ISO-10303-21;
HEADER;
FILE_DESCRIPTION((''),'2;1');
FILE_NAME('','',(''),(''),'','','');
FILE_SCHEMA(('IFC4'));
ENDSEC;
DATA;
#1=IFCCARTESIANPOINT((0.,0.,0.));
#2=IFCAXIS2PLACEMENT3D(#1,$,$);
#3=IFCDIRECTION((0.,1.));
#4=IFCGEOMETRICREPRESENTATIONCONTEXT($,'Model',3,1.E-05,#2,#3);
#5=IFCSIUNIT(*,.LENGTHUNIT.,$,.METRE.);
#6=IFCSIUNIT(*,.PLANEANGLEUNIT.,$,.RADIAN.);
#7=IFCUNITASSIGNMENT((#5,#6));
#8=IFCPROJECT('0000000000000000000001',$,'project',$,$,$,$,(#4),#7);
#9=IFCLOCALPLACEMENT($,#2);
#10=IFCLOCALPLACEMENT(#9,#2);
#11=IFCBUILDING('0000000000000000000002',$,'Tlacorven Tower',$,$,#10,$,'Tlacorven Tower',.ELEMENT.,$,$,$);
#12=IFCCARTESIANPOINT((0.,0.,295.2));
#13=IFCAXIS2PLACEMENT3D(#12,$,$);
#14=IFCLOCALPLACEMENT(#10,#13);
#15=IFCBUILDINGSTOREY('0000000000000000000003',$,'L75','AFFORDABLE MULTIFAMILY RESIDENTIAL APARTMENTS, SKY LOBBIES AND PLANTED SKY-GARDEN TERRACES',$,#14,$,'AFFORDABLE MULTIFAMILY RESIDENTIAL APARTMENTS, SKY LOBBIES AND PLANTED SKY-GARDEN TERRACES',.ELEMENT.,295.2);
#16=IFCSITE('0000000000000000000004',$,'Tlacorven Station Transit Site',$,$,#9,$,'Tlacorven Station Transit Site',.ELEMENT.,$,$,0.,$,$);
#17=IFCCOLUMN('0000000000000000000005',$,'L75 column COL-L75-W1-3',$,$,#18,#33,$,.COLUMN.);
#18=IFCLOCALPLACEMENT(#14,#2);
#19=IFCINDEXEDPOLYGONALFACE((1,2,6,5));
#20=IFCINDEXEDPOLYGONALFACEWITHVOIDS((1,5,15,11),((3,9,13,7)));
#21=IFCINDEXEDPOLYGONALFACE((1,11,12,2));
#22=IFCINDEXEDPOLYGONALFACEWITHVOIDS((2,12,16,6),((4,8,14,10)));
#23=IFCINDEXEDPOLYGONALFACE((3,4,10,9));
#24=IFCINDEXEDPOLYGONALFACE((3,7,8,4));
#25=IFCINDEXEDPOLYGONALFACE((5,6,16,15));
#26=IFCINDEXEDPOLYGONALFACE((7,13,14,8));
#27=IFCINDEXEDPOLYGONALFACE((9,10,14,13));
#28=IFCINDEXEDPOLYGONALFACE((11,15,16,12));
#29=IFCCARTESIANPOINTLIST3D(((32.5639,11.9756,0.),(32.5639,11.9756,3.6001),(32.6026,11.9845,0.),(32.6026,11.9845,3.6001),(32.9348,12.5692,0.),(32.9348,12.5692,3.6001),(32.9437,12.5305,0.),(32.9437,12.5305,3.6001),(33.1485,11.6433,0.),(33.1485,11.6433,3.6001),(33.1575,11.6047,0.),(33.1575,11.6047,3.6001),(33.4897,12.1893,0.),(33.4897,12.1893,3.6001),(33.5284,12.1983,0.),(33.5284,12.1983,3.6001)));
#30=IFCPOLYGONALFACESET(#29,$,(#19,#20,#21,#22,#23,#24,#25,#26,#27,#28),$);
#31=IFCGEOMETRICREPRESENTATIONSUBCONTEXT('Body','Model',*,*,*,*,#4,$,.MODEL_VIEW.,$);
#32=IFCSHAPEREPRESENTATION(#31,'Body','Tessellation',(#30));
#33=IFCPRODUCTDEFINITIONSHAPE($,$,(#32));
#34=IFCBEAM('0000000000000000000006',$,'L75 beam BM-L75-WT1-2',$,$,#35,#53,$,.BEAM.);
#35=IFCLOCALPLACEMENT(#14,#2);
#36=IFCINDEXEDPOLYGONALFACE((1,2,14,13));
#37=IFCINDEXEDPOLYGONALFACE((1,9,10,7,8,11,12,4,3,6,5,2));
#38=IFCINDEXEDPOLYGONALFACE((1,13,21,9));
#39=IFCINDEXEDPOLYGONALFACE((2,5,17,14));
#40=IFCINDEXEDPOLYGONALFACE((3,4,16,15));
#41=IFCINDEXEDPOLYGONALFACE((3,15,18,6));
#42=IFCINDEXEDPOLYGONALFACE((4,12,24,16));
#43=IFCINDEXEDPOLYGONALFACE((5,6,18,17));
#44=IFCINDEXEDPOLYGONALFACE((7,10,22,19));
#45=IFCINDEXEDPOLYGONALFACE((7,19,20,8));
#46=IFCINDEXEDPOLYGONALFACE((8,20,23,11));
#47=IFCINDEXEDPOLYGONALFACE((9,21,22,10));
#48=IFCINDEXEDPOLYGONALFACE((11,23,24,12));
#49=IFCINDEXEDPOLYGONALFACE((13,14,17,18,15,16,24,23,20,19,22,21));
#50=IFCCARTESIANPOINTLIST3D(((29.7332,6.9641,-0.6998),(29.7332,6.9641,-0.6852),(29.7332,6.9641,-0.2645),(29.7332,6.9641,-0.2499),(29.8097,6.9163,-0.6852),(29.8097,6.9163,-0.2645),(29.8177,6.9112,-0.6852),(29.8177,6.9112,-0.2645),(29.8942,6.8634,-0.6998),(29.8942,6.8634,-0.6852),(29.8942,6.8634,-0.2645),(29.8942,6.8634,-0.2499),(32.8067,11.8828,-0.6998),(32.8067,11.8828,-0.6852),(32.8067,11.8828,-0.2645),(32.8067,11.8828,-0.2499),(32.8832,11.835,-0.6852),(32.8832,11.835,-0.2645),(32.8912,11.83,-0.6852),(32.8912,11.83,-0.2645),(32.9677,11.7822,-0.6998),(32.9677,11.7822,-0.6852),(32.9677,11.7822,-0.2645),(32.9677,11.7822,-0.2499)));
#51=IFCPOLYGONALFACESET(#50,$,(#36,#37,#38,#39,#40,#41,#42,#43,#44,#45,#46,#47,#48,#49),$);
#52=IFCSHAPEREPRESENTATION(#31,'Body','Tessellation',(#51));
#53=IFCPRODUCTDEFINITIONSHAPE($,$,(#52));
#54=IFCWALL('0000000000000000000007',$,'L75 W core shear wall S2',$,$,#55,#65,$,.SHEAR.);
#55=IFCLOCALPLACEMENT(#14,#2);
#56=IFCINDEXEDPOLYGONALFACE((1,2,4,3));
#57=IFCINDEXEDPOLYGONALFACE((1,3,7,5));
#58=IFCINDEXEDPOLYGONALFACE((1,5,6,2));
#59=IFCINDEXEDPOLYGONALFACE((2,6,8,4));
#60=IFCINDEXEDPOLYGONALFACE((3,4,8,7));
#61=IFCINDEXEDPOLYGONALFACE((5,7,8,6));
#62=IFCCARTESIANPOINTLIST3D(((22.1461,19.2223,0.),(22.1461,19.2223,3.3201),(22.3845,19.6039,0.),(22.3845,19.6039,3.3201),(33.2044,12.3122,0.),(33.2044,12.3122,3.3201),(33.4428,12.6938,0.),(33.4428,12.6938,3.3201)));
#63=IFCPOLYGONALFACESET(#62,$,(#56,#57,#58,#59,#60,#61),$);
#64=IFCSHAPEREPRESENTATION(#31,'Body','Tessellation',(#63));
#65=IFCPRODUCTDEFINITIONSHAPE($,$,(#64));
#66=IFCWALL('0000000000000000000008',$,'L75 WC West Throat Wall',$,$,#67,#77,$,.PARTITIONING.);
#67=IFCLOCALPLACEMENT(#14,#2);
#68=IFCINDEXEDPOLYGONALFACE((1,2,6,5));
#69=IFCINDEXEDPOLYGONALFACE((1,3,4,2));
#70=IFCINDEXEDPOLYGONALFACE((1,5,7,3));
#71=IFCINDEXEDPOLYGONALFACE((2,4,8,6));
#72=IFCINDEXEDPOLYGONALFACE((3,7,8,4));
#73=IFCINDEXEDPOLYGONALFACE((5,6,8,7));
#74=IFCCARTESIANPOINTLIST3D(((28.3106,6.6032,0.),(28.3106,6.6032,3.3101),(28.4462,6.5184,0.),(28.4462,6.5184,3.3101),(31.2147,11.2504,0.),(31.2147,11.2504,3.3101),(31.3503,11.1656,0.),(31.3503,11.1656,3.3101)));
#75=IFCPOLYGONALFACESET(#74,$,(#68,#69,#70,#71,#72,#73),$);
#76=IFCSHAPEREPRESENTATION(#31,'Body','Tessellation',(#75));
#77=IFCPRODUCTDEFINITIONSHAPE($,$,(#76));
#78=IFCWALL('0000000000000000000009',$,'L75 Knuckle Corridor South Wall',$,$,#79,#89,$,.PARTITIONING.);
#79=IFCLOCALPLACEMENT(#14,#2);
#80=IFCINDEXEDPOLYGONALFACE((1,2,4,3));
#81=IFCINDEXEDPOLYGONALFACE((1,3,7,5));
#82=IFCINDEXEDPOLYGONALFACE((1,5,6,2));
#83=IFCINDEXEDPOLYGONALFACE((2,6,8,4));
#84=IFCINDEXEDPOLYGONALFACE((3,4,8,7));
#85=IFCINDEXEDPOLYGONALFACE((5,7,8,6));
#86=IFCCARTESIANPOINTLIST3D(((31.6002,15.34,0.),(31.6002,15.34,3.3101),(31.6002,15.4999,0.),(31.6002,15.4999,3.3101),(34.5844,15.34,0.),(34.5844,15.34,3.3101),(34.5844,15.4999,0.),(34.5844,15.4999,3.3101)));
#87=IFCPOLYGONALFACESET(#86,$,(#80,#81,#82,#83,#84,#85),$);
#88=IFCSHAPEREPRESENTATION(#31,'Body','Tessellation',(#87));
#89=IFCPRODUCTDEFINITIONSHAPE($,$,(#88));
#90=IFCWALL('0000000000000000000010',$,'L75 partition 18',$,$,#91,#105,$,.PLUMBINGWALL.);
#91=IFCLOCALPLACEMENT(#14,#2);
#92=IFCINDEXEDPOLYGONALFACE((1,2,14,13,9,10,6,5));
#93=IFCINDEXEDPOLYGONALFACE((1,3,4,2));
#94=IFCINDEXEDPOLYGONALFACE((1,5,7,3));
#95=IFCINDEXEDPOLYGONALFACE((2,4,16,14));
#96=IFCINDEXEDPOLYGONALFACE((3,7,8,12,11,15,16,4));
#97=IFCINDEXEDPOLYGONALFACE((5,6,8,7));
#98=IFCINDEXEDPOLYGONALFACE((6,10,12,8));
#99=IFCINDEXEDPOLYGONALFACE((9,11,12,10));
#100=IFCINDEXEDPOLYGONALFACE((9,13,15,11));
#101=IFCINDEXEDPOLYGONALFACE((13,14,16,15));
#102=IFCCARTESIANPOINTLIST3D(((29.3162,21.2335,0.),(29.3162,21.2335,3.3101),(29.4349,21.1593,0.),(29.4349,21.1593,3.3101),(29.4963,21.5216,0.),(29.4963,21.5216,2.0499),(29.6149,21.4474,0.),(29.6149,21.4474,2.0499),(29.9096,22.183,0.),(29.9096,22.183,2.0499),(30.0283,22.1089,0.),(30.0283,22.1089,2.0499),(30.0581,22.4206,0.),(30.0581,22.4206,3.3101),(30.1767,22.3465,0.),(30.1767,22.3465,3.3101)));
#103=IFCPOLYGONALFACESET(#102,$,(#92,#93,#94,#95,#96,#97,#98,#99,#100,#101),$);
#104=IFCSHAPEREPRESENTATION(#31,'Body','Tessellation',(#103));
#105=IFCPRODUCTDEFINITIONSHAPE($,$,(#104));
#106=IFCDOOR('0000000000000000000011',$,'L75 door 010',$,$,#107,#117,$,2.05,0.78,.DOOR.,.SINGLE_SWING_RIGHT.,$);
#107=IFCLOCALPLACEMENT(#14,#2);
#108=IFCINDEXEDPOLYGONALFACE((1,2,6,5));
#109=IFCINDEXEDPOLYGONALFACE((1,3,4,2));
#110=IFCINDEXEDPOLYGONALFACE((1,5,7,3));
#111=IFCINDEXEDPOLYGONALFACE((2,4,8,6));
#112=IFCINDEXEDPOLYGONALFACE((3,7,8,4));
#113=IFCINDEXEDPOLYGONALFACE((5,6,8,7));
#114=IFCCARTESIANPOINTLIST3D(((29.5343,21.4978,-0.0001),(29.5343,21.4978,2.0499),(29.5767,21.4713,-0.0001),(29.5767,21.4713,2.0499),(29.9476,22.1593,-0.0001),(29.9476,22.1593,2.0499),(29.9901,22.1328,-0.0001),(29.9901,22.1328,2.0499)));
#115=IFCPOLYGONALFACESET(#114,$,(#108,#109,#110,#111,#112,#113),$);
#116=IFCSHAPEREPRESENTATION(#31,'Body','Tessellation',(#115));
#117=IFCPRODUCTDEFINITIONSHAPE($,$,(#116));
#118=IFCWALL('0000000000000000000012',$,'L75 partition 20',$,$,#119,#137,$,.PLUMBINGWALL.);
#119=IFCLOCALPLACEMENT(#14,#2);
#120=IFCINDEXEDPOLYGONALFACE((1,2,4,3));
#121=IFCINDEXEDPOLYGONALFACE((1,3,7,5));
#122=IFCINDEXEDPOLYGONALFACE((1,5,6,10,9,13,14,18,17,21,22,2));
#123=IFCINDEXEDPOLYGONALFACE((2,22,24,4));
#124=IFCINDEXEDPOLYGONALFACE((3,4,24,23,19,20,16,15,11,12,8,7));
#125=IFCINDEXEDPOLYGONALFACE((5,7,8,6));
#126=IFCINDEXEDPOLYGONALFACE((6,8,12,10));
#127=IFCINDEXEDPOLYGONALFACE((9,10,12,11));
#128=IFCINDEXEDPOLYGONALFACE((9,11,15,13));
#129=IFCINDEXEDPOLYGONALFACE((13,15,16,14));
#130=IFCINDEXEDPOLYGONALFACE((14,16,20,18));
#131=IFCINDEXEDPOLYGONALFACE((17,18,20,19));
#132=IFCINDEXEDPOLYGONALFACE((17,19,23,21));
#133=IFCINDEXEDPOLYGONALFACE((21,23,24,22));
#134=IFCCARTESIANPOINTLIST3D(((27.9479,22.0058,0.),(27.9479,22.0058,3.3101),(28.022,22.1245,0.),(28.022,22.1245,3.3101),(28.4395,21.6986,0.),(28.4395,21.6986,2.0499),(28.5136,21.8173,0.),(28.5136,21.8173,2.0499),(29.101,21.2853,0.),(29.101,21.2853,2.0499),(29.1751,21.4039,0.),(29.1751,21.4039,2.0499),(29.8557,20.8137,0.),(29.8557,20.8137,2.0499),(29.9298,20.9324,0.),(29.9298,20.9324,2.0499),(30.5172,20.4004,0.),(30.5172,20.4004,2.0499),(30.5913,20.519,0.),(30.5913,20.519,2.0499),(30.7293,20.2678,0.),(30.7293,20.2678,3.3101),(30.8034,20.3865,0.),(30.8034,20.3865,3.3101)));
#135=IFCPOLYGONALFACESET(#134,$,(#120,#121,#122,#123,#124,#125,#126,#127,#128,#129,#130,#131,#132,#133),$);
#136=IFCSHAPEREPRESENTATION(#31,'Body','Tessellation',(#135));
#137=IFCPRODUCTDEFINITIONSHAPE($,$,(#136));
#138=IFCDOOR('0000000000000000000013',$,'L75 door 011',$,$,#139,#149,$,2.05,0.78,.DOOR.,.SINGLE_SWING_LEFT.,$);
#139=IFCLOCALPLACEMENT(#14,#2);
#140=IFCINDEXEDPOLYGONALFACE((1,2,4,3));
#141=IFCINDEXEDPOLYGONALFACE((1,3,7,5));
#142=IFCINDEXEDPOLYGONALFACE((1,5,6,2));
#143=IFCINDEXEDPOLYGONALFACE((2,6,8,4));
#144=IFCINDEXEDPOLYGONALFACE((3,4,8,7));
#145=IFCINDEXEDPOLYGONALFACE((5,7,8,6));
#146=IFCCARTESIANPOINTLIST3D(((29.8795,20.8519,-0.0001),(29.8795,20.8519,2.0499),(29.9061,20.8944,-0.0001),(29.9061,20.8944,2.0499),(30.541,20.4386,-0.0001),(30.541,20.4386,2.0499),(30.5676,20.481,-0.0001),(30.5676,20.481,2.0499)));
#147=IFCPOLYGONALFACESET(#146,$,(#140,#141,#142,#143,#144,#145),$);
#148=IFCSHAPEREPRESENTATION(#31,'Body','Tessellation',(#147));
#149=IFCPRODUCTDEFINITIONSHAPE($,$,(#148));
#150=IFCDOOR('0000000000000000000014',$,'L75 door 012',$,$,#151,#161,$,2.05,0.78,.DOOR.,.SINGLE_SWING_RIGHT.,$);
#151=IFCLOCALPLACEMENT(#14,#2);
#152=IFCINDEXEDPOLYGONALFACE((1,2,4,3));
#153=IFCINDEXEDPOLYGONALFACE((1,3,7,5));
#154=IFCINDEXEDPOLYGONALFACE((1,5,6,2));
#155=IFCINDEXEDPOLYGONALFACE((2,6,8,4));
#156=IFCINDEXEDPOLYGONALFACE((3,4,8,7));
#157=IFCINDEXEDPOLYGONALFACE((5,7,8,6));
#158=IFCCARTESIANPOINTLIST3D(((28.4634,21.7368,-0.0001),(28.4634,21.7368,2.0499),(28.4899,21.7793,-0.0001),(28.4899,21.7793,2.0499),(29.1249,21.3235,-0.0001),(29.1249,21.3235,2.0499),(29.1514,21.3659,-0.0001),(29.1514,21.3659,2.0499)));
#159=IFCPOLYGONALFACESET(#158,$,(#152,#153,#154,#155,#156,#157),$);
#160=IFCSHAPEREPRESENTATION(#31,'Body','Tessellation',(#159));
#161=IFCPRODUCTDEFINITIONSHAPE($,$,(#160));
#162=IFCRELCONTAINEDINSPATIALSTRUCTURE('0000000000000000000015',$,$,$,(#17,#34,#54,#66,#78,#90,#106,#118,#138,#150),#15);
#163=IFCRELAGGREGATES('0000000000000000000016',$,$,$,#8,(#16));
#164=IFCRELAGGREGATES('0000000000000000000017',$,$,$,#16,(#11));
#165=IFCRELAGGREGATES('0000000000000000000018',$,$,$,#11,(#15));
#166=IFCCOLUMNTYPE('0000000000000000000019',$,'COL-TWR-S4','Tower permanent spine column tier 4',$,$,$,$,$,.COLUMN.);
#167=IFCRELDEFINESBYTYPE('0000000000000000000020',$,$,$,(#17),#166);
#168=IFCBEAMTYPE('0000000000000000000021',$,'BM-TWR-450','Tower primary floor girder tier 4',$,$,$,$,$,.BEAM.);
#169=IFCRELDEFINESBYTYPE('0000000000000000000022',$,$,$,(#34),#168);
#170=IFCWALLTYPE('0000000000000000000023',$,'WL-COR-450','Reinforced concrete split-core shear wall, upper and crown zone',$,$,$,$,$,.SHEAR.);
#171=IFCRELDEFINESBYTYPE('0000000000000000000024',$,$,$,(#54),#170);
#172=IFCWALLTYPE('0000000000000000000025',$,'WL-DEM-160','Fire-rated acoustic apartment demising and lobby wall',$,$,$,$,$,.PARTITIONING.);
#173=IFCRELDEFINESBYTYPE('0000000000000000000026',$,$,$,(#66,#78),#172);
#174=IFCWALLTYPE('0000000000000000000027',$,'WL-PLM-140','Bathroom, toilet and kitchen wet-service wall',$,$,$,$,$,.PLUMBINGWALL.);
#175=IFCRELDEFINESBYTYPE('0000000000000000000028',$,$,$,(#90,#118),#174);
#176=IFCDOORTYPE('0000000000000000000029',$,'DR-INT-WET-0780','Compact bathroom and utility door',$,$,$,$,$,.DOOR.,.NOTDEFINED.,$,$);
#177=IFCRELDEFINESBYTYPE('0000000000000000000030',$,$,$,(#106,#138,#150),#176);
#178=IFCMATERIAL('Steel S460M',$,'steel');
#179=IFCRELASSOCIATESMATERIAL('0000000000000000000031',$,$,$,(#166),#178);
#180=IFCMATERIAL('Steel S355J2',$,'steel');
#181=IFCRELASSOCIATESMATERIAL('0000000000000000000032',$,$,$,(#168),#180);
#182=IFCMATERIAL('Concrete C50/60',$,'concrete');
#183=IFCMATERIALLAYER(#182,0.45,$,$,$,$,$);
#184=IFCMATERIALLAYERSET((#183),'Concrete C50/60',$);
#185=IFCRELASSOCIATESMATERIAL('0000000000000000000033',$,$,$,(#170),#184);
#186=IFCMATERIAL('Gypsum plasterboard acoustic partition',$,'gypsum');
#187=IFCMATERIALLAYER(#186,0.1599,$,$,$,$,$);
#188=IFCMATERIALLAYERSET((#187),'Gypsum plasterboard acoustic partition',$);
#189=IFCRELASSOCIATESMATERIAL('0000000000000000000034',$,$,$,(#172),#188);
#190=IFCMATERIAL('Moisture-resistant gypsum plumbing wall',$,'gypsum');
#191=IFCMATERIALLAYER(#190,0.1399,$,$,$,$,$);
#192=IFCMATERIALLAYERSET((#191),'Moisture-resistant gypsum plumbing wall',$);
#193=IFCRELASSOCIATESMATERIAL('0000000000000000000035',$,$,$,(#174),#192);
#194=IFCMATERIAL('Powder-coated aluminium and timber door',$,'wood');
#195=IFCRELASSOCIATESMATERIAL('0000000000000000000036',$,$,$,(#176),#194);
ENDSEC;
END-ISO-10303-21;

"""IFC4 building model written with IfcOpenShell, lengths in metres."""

from ifc_helpers import new_model, si_unit, direction, frame, frame_2d, origin, origin_2d, place, context, subcontext, project, spatial, rectangle, hollow_rectangle, i_section, extrude, source, transform, mapped, material, layer, layer_set, material_profile, profile_set, type_object, element, fill, save


model = new_model("IFC4")

# Units and contexts
model_context = context("Model", 3, precision=1e-05, world=origin(), true_north=direction((0.0, 1.0)))
body_context = subcontext(model_context, "Body", "Model", "MODEL_VIEW")
ifc_project = project(units=[si_unit("LENGTHUNIT", "METRE"), si_unit("PLANEANGLEUNIT", "RADIAN")], contexts=[model_context])

# Site, building, storey
site_placement = place(None, origin())
site = spatial("IfcSite", under=ifc_project, at=site_placement, Name="Tlacorven Station Transit Site", LongName="Tlacorven Station Transit Site", CompositionType="ELEMENT", RefElevation=0.0)
building_placement = place(site_placement, origin())
building = spatial("IfcBuilding", under=site, at=building_placement, Name="Tlacorven Tower", LongName="Tlacorven Tower", CompositionType="ELEMENT")
storey_placement = place(building_placement, frame((0.0, 0.0, 295.2)))
storey = spatial("IfcBuildingStorey", under=building, at=storey_placement, Name="L75", Description="AFFORDABLE MULTIFAMILY RESIDENTIAL APARTMENTS, SKY LOBBIES AND PLANTED SKY-GARDEN TERRACES", LongName="AFFORDABLE MULTIFAMILY RESIDENTIAL APARTMENTS, SKY LOBBIES AND PLANTED SKY-GARDEN TERRACES", CompositionType="ELEMENT", Elevation=295.2)

# Column
ifc_material_1 = material(Name="Steel S460M", Category="steel")
ifc_material_profile_1 = material_profile(ifc_material_1, hollow_rectangle(XDim=0.7, YDim=0.7, WallThickness=0.0281, at=origin_2d()), Name="BOX 700X700X28")
ifc_profile_set_1 = profile_set([ifc_material_profile_1], Name="Steel S460M")
column_type = type_object("IfcColumnType", Name="COL-TWR-S4", Description="Tower permanent spine column tier 4", PredefinedType="COLUMN", material=ifc_profile_set_1)
shared_shape_1 = source(origin(), body_context, "Body", "SweptSolid", [
    extrude(hollow_rectangle(XDim=0.7, YDim=0.7, WallThickness=0.0281, at=origin_2d()), origin(), (0.0, 0.0, 1.0), 3.6001),
])
column_placement = place(storey_placement, frame((33.0461, 12.0869, 0.0), z_axis=(0.0, 0.0, 1.0), x_axis=(-0.848048, 0.529919, 0.0)))
element("IfcColumn", 1, at=column_placement, inside=storey, type_object=column_type, Name="L75 column COL-L75-W1-3", PredefinedType="COLUMN", context=body_context, shape_type="MappedRepresentation", body=[
    mapped(shared_shape_1, transform((0.0, 0.0, 0.0), scale=1.0)),
])

# Beam
ifc_material_2 = material(Name="Steel S355J2", Category="steel")
ifc_material_profile_2 = material_profile(ifc_material_2, i_section(OverallWidth=0.1899, OverallDepth=0.45, WebThickness=0.0095, FlangeThickness=0.0146, at=origin_2d()), Name="IPE 450")
ifc_profile_set_2 = profile_set([ifc_material_profile_2], Name="Steel S355J2")
beam_type = type_object("IfcBeamType", Name="BM-TWR-450", Description="Tower primary floor girder tier 4", PredefinedType="BEAM", material=ifc_profile_set_2)
shared_shape_2 = source(origin(), body_context, "Body", "SweptSolid", [
    extrude(i_section(OverallWidth=0.1899, OverallDepth=0.45, WebThickness=0.0095, FlangeThickness=0.0146, at=origin_2d()), origin(), (0.0, 0.0, 1.0), 5.8),
])
beam_placement = place(storey_placement, frame((32.8872, 11.8325, -0.4749), z_axis=(-0.529912, -0.848053, 0.0), x_axis=(0.848053, -0.529912, 0.0)))
element("IfcBeam", 2, at=beam_placement, inside=storey, type_object=beam_type, Name="L75 beam BM-L75-WT1-2", PredefinedType="BEAM", context=body_context, shape_type="MappedRepresentation", body=[
    mapped(shared_shape_2, transform((0.0, 0.0, 0.0), scale=1.0)),
])

# Walls
ifc_material_3 = material(Name="Concrete C50/60", Category="concrete")
ifc_layer_1 = layer(ifc_material_3, 0.45)
ifc_layer_set_1 = layer_set([ifc_layer_1], Name="Concrete C50/60")
wall_type_1 = type_object("IfcWallType", Name="WL-COR-450", Description="Reinforced concrete split-core shear wall, upper and crown zone", PredefinedType="SHEAR", material=ifc_layer_set_1)
wall_1_placement = place(storey_placement, frame((33.3237, 12.5029, 0.0), z_axis=(0.0, 0.0, 1.0), x_axis=(-0.848044, 0.529927, 0.0)))
element("IfcWall", 3, at=wall_1_placement, inside=storey, type_object=wall_type_1, Name="L75 W core shear wall S2", PredefinedType="SHEAR", context=body_context, shape_type="SweptSolid", body=[
    extrude(rectangle(XDim=13.0398, YDim=0.45, at=frame_2d((6.52, 0.0))), origin(), (0.0, 0.0, 1.0), 3.3201),
])
ifc_material_4 = material(Name="Gypsum plasterboard acoustic partition", Category="gypsum")
ifc_layer_2 = layer(ifc_material_4, 0.1599)
ifc_layer_set_2 = layer_set([ifc_layer_2], Name="Gypsum plasterboard acoustic partition")
wall_type_2 = type_object("IfcWallType", Name="WL-DEM-160", Description="Fire-rated acoustic apartment demising and lobby wall", PredefinedType="PARTITIONING", material=ifc_layer_set_2)
wall_2_placement = place(storey_placement, frame((31.2825, 11.208, 0.0), z_axis=(0.0, 0.0, 1.0), x_axis=(-0.529939, -0.848036, 0.0)))
element("IfcWall", 4, at=wall_2_placement, inside=storey, type_object=wall_type_2, Name="L75 WC West Throat Wall", PredefinedType="PARTITIONING", context=body_context, shape_type="SweptSolid", body=[
    extrude(rectangle(XDim=5.48, YDim=0.1599, at=frame_2d((2.74, 0.0))), origin(), (0.0, 0.0, 1.0), 3.3101),
])
wall_3_placement = place(storey_placement, frame((31.6001, 15.4199, 0.0), z_axis=(0.0, 0.0, 1.0), x_axis=(1.0, 0.0, 0.0)))
element("IfcWall", 5, at=wall_3_placement, inside=storey, type_object=wall_type_2, Name="L75 Knuckle Corridor South Wall", PredefinedType="PARTITIONING", context=body_context, shape_type="SweptSolid", body=[
    extrude(rectangle(XDim=2.9841, YDim=0.1599, at=frame_2d((1.4922, 0.0))), origin(), (0.0, 0.0, 1.0), 3.3101),
])

# Wall, opening, door
ifc_material_5 = material(Name="Moisture-resistant gypsum plumbing wall", Category="gypsum")
ifc_layer_3 = layer(ifc_material_5, 0.1399)
ifc_layer_set_3 = layer_set([ifc_layer_3], Name="Moisture-resistant gypsum plumbing wall")
wall_type_3 = type_object("IfcWallType", Name="WL-PLM-140", Description="Bathroom, toilet and kitchen wet-service wall", PredefinedType="PLUMBINGWALL", material=ifc_layer_set_3)
wall_4_placement = place(storey_placement, frame((30.1174, 22.3835, 0.0), z_axis=(0.0, 0.0, 1.0), x_axis=(-0.529952, -0.848028, 0.0)))
wall_4 = element("IfcWall", 6, at=wall_4_placement, inside=storey, type_object=wall_type_3, Name="L75 partition 18", PredefinedType="PLUMBINGWALL", context=body_context, shape_type="SweptSolid", body=[
    extrude(rectangle(XDim=1.3999, YDim=0.1399, at=frame_2d((0.7, 0.0))), origin(), (0.0, 0.0, 1.0), 3.3101),
])
opening_1_placement = place(wall_4_placement, frame((0.28, 0.0, 0.0)))
opening_1 = element("IfcOpeningElement", 7, at=opening_1_placement, cuts=wall_4, PredefinedType="OPENING", context=body_context, shape_type="SweptSolid", body=[
    extrude(rectangle(XDim=0.78, YDim=2.05, at=frame_2d((0.3901, 1.0249))), frame((0.0, 0.0801, 0.0), z_axis=(0.0, -1.0, 0.0), x_axis=(1.0, 0.0, 0.0)), (0.0, 0.0, 1.0), 0.1599),
])
ifc_material_6 = material(Name="Powder-coated aluminium and timber door", Category="wood")
door_type_1 = type_object("IfcDoorType", Name="DR-INT-WET-0780", Description="Compact bathroom and utility door", OperationType="NOTDEFINED", PredefinedType="DOOR", material=ifc_material_6)
shared_shape_3 = source(origin(), body_context, "Body", "SweptSolid", [
    extrude(rectangle(XDim=0.78, YDim=2.05, at=frame_2d((0.3901, 1.0249))), frame((0.0, 0.0249, 0.0), z_axis=(0.0, -1.0, 0.0), x_axis=(1.0, 0.0, 0.0)), (0.0, 0.0, 1.0), 0.05),
])
door_1_placement = place(opening_1_placement, origin())
door_1 = element("IfcDoor", 8, at=door_1_placement, inside=storey, type_object=door_type_1, Name="L75 door 010", OperationType="SINGLE_SWING_RIGHT", OverallHeight=2.05, OverallWidth=0.78, PredefinedType="DOOR", context=body_context, shape_type="MappedRepresentation", body=[
    mapped(shared_shape_3, transform((0.0, 0.0, 0.0), scale=1.0)),
])
fill(opening_1, door_1)

# Wall, openings, doors
wall_5_placement = place(storey_placement, frame((30.7664, 20.3271, 0.0), z_axis=(0.0, 0.0, 1.0), x_axis=(-0.848053, 0.529912, 0.0)))
wall_5 = element("IfcWall", 9, at=wall_5_placement, inside=storey, type_object=wall_type_3, Name="L75 partition 20", PredefinedType="PLUMBINGWALL", context=body_context, shape_type="SweptSolid", body=[
    extrude(rectangle(XDim=3.2798, YDim=0.1399, at=frame_2d((1.6399, 0.0))), origin(), (0.0, 0.0, 1.0), 3.3101),
])
opening_2_placement = place(wall_5_placement, frame((0.25, 0.0, 0.0)))
opening_2 = element("IfcOpeningElement", 10, at=opening_2_placement, cuts=wall_5, PredefinedType="OPENING", context=body_context, shape_type="SweptSolid", body=[
    extrude(rectangle(XDim=0.78, YDim=2.05, at=frame_2d((0.3901, 1.0249))), frame((0.0, 0.0801, 0.0), z_axis=(0.0, -1.0, 0.0), x_axis=(1.0, 0.0, 0.0)), (0.0, 0.0, 1.0), 0.1599),
])
opening_3_placement = place(wall_5_placement, frame((1.9199, 0.0, 0.0)))
opening_3 = element("IfcOpeningElement", 11, at=opening_3_placement, cuts=wall_5, PredefinedType="OPENING", context=body_context, shape_type="SweptSolid", body=[
    extrude(rectangle(XDim=0.78, YDim=2.05, at=frame_2d((0.3901, 1.0249))), frame((0.0, 0.0801, 0.0), z_axis=(0.0, -1.0, 0.0), x_axis=(1.0, 0.0, 0.0)), (0.0, 0.0, 1.0), 0.1599),
])
door_2_placement = place(opening_2_placement, origin())
door_2 = element("IfcDoor", 12, at=door_2_placement, inside=storey, type_object=door_type_1, Name="L75 door 011", OperationType="SINGLE_SWING_LEFT", OverallHeight=2.05, OverallWidth=0.78, PredefinedType="DOOR", context=body_context, shape_type="MappedRepresentation", body=[
    mapped(shared_shape_3, transform((0.0, 0.0, 0.0), scale=1.0)),
])
fill(opening_2, door_2)
door_3_placement = place(opening_3_placement, origin())
door_3 = element("IfcDoor", 13, at=door_3_placement, inside=storey, type_object=door_type_1, Name="L75 door 012", OperationType="SINGLE_SWING_RIGHT", OverallHeight=2.05, OverallWidth=0.78, PredefinedType="DOOR", context=body_context, shape_type="MappedRepresentation", body=[
    mapped(shared_shape_3, transform((0.0, 0.0, 0.0), scale=1.0)),
])
fill(opening_3, door_3)

save(model, "model.ifc")
